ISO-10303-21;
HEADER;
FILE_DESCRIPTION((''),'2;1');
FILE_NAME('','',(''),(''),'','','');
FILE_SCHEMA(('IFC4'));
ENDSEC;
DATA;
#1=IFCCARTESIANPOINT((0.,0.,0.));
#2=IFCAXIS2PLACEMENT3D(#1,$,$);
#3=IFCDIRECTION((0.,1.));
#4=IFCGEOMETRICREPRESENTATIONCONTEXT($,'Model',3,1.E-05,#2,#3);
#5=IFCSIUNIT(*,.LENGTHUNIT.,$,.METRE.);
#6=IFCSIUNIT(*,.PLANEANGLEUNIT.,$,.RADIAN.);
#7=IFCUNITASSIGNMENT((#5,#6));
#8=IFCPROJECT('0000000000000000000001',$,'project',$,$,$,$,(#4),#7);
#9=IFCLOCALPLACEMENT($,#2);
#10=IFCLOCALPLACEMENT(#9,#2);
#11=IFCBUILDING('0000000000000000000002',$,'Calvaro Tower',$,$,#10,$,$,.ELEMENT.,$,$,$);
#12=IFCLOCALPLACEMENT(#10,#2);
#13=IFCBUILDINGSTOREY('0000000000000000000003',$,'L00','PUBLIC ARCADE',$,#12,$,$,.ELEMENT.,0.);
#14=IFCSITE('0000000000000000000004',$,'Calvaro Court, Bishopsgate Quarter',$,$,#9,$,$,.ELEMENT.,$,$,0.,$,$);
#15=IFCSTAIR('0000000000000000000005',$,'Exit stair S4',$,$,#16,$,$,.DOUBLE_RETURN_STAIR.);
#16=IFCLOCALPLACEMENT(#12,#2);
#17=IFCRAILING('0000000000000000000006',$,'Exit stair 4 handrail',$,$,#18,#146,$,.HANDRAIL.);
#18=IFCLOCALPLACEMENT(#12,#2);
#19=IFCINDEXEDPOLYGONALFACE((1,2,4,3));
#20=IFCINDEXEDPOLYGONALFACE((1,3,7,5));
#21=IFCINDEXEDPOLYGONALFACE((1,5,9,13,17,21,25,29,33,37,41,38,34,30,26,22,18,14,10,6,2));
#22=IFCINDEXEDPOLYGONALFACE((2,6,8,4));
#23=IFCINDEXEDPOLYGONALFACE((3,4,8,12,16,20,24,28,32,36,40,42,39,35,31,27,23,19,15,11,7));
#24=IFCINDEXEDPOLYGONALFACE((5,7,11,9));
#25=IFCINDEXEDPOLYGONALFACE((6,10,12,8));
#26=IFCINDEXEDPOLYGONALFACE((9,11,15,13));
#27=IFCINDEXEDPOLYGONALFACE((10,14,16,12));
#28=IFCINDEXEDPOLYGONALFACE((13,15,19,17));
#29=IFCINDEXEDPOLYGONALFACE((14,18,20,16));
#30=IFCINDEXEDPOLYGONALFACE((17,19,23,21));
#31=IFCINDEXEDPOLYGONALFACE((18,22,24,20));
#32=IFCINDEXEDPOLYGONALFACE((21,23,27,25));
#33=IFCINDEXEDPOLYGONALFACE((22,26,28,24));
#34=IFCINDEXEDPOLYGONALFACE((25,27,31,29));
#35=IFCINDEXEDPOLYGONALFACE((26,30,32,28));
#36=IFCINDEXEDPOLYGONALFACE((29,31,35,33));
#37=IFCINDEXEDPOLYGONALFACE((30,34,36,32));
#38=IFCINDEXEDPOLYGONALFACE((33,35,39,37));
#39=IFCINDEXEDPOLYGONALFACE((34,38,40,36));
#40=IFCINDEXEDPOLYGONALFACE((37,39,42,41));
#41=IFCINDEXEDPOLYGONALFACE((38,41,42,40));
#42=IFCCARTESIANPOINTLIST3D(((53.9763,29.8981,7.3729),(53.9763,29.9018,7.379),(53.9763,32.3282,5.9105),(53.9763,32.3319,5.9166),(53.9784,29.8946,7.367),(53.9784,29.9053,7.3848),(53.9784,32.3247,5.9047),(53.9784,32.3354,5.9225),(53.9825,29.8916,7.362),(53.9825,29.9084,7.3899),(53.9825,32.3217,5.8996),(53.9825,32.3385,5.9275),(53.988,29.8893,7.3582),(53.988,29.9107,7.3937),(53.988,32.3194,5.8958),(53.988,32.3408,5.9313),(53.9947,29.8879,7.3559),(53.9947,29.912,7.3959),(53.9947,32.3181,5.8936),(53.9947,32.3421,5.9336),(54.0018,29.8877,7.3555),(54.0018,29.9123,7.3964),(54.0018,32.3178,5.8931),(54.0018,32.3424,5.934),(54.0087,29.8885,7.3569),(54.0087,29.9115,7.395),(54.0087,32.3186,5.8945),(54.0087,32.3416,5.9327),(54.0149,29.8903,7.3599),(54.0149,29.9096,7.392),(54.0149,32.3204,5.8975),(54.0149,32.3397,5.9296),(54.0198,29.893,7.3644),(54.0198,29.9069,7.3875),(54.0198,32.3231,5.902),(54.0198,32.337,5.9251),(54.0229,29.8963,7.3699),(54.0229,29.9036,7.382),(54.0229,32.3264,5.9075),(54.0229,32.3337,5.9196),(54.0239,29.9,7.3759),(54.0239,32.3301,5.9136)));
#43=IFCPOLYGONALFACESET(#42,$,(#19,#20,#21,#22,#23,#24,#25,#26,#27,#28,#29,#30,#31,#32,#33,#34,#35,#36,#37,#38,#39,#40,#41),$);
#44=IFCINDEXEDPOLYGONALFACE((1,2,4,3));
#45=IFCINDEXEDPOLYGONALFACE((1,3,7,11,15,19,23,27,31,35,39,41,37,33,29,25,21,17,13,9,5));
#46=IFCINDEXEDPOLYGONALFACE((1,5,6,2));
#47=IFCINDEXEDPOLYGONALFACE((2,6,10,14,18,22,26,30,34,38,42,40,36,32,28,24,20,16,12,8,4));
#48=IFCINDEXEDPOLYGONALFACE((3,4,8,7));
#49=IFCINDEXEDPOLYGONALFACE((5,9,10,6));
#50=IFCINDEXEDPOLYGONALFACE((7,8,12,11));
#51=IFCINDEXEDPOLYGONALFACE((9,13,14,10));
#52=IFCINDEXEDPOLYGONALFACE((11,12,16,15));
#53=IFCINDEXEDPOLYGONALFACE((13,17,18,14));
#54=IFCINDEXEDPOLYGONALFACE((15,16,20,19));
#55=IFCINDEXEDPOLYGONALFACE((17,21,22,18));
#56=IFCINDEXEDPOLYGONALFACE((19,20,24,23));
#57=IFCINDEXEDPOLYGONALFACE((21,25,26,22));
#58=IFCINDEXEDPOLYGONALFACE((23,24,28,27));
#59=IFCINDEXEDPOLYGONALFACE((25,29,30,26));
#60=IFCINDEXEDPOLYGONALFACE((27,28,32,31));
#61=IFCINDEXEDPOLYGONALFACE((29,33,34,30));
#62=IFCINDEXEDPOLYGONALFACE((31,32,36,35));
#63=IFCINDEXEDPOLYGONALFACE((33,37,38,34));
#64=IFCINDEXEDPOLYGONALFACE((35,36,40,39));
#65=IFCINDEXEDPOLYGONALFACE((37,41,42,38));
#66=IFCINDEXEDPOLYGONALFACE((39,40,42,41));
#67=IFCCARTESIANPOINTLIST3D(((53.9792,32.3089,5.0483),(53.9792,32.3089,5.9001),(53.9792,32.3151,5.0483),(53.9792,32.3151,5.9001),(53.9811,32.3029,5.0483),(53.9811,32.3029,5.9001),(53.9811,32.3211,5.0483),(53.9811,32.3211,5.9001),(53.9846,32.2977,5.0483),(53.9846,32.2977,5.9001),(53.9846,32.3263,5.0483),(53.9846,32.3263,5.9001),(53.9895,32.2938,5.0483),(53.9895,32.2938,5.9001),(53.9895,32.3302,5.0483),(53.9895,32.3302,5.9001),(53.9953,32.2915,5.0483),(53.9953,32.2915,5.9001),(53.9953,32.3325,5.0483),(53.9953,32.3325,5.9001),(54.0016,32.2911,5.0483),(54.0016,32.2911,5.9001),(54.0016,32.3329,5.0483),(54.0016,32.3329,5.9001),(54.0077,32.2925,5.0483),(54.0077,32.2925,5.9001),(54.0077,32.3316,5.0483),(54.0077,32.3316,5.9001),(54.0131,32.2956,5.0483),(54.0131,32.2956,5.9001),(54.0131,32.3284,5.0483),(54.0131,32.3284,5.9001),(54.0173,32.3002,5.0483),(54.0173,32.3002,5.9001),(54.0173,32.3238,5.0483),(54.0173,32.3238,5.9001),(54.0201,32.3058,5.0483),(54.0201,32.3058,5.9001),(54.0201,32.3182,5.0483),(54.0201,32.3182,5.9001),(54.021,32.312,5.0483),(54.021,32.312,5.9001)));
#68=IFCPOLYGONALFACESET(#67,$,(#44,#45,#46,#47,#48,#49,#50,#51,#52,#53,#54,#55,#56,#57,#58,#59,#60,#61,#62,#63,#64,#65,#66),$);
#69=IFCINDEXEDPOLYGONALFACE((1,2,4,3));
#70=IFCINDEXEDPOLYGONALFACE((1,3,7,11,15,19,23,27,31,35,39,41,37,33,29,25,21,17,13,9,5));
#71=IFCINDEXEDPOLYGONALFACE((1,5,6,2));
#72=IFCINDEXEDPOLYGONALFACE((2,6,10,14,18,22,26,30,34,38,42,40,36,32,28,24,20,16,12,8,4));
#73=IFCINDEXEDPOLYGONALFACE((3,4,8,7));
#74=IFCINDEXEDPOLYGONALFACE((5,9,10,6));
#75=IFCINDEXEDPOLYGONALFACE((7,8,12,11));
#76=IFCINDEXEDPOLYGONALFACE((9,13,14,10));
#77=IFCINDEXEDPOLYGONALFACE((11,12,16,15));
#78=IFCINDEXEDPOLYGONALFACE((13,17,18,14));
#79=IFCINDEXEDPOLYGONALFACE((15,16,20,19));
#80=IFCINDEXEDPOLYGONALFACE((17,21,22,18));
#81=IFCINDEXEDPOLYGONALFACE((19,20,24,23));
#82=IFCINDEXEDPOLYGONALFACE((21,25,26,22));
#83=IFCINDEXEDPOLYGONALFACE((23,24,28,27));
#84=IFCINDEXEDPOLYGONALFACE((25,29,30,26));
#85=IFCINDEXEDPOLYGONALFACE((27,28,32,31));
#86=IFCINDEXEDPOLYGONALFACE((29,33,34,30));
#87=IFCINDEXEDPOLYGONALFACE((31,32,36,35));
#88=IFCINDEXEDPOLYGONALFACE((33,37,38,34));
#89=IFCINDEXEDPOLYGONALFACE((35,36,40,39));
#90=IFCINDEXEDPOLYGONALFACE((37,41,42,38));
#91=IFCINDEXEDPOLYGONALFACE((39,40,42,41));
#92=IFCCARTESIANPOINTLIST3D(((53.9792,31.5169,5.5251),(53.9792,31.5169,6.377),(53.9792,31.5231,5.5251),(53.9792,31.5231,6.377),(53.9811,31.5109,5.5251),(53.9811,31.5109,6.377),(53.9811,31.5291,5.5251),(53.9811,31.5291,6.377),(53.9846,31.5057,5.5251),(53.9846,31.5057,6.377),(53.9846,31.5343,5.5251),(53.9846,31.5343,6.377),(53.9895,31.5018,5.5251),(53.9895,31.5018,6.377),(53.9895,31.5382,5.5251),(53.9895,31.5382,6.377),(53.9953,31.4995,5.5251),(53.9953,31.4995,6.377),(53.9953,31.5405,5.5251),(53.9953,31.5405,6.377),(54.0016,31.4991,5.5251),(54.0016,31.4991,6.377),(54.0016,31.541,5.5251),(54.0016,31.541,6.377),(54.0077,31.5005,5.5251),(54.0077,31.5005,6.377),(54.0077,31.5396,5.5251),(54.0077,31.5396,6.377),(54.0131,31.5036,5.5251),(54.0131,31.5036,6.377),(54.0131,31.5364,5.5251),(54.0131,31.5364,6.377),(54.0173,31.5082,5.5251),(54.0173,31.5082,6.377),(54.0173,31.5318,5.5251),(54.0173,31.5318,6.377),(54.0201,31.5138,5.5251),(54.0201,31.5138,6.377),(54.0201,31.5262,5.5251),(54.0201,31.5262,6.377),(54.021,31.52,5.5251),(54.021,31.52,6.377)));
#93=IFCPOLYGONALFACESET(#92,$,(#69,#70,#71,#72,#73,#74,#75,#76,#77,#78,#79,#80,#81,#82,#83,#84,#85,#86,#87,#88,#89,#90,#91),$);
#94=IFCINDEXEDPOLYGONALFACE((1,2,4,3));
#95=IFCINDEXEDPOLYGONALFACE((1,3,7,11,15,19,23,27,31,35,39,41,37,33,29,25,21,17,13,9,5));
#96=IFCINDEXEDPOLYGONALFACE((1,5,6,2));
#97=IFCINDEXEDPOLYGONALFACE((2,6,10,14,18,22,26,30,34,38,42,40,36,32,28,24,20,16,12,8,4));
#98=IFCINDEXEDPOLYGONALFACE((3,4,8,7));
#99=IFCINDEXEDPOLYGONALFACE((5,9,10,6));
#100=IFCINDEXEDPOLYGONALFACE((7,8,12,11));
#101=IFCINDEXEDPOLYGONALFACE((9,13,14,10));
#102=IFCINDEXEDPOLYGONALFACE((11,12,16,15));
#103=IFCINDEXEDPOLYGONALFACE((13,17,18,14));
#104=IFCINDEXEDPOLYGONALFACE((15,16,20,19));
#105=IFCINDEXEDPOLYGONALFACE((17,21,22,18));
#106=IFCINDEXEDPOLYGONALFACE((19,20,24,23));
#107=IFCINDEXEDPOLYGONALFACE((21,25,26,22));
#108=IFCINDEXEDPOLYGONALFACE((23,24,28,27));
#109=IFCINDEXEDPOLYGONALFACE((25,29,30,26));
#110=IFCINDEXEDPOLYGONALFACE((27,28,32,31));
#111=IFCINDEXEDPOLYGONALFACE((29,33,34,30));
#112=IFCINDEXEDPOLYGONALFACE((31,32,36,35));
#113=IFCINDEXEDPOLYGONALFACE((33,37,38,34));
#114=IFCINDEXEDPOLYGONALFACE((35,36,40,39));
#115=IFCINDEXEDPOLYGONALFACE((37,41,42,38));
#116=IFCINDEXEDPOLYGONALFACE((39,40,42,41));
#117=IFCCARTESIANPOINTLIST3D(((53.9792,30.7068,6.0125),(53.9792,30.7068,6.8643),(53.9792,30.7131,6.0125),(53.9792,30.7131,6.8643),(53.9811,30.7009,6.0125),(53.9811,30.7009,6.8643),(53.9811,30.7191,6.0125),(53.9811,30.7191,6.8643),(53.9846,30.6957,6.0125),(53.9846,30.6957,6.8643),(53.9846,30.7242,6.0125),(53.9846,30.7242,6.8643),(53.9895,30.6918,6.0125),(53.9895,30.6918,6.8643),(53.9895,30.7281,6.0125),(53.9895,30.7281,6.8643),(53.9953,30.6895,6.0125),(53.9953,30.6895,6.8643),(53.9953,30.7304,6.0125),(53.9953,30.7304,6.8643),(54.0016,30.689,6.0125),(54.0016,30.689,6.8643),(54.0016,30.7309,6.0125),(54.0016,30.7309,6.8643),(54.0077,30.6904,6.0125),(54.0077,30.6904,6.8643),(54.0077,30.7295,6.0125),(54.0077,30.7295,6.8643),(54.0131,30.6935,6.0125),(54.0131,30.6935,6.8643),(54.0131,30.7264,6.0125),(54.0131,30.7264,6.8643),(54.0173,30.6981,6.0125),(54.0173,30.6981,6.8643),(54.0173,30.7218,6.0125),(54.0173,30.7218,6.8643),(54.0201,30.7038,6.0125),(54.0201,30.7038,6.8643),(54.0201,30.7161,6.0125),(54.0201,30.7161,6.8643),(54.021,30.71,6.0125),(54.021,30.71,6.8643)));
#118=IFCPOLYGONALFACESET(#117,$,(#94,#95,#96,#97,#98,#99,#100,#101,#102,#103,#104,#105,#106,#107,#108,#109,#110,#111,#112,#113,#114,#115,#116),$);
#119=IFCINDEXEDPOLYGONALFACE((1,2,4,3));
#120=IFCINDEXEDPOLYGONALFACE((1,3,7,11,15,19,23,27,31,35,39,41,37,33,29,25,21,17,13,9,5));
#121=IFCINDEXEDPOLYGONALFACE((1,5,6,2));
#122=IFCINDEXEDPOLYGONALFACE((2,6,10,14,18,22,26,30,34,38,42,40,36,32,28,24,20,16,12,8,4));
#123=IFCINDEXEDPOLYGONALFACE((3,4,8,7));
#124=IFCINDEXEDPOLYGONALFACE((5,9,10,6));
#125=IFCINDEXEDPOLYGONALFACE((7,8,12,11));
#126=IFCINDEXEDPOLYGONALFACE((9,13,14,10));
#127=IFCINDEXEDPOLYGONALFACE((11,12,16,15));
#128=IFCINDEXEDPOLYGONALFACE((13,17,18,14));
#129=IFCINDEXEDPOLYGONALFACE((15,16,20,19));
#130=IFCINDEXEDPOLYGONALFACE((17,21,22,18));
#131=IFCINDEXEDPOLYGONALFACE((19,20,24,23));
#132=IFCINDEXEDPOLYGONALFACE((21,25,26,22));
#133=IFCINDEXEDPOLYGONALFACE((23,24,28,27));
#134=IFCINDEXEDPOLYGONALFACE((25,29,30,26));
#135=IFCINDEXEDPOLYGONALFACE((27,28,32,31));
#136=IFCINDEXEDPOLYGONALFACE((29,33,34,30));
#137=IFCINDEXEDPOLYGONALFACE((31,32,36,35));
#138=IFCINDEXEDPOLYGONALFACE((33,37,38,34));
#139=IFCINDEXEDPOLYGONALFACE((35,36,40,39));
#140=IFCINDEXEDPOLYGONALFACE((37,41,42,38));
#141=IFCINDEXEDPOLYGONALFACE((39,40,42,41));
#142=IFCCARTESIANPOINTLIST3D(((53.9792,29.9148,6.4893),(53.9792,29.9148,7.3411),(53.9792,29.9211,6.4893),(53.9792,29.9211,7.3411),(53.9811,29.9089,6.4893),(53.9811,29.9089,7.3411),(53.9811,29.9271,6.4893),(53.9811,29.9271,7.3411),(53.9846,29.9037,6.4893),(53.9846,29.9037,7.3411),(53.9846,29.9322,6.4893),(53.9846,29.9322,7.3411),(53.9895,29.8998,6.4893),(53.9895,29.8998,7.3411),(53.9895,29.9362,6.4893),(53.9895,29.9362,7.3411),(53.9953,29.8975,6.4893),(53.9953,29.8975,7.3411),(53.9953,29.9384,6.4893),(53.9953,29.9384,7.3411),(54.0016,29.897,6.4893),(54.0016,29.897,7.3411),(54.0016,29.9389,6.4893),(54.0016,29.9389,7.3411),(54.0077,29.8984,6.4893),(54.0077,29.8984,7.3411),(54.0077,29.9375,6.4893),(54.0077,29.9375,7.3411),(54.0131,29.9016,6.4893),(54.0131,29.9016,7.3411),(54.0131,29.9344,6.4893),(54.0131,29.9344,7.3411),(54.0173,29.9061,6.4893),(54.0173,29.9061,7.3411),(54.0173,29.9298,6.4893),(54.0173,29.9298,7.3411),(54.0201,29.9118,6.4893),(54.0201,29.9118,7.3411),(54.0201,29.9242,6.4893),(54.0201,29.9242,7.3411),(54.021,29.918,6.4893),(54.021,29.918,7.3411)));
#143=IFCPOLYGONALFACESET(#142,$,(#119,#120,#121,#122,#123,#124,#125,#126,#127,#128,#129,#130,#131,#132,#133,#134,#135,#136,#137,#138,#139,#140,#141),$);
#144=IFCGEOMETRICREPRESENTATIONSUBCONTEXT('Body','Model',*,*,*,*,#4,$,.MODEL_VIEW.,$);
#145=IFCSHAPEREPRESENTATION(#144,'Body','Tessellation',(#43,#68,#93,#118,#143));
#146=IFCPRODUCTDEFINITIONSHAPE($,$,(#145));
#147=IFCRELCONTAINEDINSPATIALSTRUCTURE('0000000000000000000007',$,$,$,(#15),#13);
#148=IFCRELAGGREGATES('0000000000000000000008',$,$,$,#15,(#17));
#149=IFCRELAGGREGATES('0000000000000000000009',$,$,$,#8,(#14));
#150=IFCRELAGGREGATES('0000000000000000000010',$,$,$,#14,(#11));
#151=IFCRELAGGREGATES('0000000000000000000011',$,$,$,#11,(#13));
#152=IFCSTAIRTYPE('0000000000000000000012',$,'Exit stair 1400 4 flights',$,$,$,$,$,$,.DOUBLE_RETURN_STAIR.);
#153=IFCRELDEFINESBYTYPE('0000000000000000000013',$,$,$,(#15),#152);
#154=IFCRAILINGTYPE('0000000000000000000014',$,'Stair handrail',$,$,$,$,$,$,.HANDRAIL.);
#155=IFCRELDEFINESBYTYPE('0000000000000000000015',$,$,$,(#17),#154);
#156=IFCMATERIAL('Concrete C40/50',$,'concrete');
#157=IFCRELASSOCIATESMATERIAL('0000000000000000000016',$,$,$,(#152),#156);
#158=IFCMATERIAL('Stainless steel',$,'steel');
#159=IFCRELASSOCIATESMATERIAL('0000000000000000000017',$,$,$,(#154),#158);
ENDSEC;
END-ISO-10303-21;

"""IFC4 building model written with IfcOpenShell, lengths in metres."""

from ifc_helpers import new_model, si_unit, direction, frame, origin, origin_2d, place, context, subcontext, project, spatial, circle, extrude, material, type_object, element, aggregate, save


model = new_model("IFC4")

# Units and contexts
model_context = context("Model", 3, precision=1e-05, world=origin(), true_north=direction((0.0, 1.0)))
body_context = subcontext(model_context, "Body", "Model", "MODEL_VIEW")
ifc_project = project(units=[si_unit("LENGTHUNIT", "METRE"), si_unit("PLANEANGLEUNIT", "RADIAN")], contexts=[model_context])

# Site, building, storey
site_placement = place(None, origin())
site = spatial("IfcSite", under=ifc_project, at=site_placement, Name="Calvaro Court, Bishopsgate Quarter", CompositionType="ELEMENT", RefElevation=0.0)
building_placement = place(site_placement, origin())
building = spatial("IfcBuilding", under=site, at=building_placement, Name="Calvaro Tower", CompositionType="ELEMENT")
storey_placement = place(building_placement, origin())
storey = spatial("IfcBuildingStorey", under=building, at=storey_placement, Name="L00", Description="PUBLIC ARCADE", CompositionType="ELEMENT", Elevation=0.0)

# Stair
ifc_material_1 = material(Name="Concrete C40/50", Category="concrete")
stair_type = type_object("IfcStairType", Name="Exit stair 1400 4 flights", PredefinedType="DOUBLE_RETURN_STAIR", material=ifc_material_1)
stair_1_placement = place(storey_placement, origin())
stair_1 = element("IfcStair", 1, at=stair_1_placement, inside=storey, type_object=stair_type, Name="Exit stair S4", PredefinedType="DOUBLE_RETURN_STAIR")

# Railing
ifc_material_2 = material(Name="Stainless steel", Category="steel")
railing_type = type_object("IfcRailingType", Name="Stair handrail", PredefinedType="HANDRAIL", material=ifc_material_2)
railing_1_placement = place(storey_placement, frame((54.0, 32.3301, 5.0376)))
railing_1 = element("IfcRailing", 2, at=railing_1_placement, type_object=railing_type, Name="Exit stair 4 handrail", PredefinedType="HANDRAIL", context=body_context, shape_type="SweptSolid", body=[
    extrude(circle(Radius=0.0239, at=origin_2d()), frame((0.0, 0.0, 0.876), z_axis=(0.0, -0.856824, 0.515609), x_axis=(1.0, 0.0, 0.0)), (0.0, 0.0, 1.0), 2.8362),
    extrude(circle(Radius=0.021, at=origin_2d()), frame((0.0, -0.0181, 0.0107)), (0.0, 0.0, 1.0), 0.8518),
    extrude(circle(Radius=0.021, at=origin_2d()), frame((0.0, -0.8101, 0.4875)), (0.0, 0.0, 1.0), 0.8518),
    extrude(circle(Radius=0.021, at=origin_2d()), frame((0.0, -1.6201, 0.9749)), (0.0, 0.0, 1.0), 0.8518),
    extrude(circle(Radius=0.021, at=origin_2d()), frame((0.0, -2.4121, 1.4517)), (0.0, 0.0, 1.0), 0.8518),
])
aggregate(stair_1, [railing_1])

save(model, "model.ifc")
